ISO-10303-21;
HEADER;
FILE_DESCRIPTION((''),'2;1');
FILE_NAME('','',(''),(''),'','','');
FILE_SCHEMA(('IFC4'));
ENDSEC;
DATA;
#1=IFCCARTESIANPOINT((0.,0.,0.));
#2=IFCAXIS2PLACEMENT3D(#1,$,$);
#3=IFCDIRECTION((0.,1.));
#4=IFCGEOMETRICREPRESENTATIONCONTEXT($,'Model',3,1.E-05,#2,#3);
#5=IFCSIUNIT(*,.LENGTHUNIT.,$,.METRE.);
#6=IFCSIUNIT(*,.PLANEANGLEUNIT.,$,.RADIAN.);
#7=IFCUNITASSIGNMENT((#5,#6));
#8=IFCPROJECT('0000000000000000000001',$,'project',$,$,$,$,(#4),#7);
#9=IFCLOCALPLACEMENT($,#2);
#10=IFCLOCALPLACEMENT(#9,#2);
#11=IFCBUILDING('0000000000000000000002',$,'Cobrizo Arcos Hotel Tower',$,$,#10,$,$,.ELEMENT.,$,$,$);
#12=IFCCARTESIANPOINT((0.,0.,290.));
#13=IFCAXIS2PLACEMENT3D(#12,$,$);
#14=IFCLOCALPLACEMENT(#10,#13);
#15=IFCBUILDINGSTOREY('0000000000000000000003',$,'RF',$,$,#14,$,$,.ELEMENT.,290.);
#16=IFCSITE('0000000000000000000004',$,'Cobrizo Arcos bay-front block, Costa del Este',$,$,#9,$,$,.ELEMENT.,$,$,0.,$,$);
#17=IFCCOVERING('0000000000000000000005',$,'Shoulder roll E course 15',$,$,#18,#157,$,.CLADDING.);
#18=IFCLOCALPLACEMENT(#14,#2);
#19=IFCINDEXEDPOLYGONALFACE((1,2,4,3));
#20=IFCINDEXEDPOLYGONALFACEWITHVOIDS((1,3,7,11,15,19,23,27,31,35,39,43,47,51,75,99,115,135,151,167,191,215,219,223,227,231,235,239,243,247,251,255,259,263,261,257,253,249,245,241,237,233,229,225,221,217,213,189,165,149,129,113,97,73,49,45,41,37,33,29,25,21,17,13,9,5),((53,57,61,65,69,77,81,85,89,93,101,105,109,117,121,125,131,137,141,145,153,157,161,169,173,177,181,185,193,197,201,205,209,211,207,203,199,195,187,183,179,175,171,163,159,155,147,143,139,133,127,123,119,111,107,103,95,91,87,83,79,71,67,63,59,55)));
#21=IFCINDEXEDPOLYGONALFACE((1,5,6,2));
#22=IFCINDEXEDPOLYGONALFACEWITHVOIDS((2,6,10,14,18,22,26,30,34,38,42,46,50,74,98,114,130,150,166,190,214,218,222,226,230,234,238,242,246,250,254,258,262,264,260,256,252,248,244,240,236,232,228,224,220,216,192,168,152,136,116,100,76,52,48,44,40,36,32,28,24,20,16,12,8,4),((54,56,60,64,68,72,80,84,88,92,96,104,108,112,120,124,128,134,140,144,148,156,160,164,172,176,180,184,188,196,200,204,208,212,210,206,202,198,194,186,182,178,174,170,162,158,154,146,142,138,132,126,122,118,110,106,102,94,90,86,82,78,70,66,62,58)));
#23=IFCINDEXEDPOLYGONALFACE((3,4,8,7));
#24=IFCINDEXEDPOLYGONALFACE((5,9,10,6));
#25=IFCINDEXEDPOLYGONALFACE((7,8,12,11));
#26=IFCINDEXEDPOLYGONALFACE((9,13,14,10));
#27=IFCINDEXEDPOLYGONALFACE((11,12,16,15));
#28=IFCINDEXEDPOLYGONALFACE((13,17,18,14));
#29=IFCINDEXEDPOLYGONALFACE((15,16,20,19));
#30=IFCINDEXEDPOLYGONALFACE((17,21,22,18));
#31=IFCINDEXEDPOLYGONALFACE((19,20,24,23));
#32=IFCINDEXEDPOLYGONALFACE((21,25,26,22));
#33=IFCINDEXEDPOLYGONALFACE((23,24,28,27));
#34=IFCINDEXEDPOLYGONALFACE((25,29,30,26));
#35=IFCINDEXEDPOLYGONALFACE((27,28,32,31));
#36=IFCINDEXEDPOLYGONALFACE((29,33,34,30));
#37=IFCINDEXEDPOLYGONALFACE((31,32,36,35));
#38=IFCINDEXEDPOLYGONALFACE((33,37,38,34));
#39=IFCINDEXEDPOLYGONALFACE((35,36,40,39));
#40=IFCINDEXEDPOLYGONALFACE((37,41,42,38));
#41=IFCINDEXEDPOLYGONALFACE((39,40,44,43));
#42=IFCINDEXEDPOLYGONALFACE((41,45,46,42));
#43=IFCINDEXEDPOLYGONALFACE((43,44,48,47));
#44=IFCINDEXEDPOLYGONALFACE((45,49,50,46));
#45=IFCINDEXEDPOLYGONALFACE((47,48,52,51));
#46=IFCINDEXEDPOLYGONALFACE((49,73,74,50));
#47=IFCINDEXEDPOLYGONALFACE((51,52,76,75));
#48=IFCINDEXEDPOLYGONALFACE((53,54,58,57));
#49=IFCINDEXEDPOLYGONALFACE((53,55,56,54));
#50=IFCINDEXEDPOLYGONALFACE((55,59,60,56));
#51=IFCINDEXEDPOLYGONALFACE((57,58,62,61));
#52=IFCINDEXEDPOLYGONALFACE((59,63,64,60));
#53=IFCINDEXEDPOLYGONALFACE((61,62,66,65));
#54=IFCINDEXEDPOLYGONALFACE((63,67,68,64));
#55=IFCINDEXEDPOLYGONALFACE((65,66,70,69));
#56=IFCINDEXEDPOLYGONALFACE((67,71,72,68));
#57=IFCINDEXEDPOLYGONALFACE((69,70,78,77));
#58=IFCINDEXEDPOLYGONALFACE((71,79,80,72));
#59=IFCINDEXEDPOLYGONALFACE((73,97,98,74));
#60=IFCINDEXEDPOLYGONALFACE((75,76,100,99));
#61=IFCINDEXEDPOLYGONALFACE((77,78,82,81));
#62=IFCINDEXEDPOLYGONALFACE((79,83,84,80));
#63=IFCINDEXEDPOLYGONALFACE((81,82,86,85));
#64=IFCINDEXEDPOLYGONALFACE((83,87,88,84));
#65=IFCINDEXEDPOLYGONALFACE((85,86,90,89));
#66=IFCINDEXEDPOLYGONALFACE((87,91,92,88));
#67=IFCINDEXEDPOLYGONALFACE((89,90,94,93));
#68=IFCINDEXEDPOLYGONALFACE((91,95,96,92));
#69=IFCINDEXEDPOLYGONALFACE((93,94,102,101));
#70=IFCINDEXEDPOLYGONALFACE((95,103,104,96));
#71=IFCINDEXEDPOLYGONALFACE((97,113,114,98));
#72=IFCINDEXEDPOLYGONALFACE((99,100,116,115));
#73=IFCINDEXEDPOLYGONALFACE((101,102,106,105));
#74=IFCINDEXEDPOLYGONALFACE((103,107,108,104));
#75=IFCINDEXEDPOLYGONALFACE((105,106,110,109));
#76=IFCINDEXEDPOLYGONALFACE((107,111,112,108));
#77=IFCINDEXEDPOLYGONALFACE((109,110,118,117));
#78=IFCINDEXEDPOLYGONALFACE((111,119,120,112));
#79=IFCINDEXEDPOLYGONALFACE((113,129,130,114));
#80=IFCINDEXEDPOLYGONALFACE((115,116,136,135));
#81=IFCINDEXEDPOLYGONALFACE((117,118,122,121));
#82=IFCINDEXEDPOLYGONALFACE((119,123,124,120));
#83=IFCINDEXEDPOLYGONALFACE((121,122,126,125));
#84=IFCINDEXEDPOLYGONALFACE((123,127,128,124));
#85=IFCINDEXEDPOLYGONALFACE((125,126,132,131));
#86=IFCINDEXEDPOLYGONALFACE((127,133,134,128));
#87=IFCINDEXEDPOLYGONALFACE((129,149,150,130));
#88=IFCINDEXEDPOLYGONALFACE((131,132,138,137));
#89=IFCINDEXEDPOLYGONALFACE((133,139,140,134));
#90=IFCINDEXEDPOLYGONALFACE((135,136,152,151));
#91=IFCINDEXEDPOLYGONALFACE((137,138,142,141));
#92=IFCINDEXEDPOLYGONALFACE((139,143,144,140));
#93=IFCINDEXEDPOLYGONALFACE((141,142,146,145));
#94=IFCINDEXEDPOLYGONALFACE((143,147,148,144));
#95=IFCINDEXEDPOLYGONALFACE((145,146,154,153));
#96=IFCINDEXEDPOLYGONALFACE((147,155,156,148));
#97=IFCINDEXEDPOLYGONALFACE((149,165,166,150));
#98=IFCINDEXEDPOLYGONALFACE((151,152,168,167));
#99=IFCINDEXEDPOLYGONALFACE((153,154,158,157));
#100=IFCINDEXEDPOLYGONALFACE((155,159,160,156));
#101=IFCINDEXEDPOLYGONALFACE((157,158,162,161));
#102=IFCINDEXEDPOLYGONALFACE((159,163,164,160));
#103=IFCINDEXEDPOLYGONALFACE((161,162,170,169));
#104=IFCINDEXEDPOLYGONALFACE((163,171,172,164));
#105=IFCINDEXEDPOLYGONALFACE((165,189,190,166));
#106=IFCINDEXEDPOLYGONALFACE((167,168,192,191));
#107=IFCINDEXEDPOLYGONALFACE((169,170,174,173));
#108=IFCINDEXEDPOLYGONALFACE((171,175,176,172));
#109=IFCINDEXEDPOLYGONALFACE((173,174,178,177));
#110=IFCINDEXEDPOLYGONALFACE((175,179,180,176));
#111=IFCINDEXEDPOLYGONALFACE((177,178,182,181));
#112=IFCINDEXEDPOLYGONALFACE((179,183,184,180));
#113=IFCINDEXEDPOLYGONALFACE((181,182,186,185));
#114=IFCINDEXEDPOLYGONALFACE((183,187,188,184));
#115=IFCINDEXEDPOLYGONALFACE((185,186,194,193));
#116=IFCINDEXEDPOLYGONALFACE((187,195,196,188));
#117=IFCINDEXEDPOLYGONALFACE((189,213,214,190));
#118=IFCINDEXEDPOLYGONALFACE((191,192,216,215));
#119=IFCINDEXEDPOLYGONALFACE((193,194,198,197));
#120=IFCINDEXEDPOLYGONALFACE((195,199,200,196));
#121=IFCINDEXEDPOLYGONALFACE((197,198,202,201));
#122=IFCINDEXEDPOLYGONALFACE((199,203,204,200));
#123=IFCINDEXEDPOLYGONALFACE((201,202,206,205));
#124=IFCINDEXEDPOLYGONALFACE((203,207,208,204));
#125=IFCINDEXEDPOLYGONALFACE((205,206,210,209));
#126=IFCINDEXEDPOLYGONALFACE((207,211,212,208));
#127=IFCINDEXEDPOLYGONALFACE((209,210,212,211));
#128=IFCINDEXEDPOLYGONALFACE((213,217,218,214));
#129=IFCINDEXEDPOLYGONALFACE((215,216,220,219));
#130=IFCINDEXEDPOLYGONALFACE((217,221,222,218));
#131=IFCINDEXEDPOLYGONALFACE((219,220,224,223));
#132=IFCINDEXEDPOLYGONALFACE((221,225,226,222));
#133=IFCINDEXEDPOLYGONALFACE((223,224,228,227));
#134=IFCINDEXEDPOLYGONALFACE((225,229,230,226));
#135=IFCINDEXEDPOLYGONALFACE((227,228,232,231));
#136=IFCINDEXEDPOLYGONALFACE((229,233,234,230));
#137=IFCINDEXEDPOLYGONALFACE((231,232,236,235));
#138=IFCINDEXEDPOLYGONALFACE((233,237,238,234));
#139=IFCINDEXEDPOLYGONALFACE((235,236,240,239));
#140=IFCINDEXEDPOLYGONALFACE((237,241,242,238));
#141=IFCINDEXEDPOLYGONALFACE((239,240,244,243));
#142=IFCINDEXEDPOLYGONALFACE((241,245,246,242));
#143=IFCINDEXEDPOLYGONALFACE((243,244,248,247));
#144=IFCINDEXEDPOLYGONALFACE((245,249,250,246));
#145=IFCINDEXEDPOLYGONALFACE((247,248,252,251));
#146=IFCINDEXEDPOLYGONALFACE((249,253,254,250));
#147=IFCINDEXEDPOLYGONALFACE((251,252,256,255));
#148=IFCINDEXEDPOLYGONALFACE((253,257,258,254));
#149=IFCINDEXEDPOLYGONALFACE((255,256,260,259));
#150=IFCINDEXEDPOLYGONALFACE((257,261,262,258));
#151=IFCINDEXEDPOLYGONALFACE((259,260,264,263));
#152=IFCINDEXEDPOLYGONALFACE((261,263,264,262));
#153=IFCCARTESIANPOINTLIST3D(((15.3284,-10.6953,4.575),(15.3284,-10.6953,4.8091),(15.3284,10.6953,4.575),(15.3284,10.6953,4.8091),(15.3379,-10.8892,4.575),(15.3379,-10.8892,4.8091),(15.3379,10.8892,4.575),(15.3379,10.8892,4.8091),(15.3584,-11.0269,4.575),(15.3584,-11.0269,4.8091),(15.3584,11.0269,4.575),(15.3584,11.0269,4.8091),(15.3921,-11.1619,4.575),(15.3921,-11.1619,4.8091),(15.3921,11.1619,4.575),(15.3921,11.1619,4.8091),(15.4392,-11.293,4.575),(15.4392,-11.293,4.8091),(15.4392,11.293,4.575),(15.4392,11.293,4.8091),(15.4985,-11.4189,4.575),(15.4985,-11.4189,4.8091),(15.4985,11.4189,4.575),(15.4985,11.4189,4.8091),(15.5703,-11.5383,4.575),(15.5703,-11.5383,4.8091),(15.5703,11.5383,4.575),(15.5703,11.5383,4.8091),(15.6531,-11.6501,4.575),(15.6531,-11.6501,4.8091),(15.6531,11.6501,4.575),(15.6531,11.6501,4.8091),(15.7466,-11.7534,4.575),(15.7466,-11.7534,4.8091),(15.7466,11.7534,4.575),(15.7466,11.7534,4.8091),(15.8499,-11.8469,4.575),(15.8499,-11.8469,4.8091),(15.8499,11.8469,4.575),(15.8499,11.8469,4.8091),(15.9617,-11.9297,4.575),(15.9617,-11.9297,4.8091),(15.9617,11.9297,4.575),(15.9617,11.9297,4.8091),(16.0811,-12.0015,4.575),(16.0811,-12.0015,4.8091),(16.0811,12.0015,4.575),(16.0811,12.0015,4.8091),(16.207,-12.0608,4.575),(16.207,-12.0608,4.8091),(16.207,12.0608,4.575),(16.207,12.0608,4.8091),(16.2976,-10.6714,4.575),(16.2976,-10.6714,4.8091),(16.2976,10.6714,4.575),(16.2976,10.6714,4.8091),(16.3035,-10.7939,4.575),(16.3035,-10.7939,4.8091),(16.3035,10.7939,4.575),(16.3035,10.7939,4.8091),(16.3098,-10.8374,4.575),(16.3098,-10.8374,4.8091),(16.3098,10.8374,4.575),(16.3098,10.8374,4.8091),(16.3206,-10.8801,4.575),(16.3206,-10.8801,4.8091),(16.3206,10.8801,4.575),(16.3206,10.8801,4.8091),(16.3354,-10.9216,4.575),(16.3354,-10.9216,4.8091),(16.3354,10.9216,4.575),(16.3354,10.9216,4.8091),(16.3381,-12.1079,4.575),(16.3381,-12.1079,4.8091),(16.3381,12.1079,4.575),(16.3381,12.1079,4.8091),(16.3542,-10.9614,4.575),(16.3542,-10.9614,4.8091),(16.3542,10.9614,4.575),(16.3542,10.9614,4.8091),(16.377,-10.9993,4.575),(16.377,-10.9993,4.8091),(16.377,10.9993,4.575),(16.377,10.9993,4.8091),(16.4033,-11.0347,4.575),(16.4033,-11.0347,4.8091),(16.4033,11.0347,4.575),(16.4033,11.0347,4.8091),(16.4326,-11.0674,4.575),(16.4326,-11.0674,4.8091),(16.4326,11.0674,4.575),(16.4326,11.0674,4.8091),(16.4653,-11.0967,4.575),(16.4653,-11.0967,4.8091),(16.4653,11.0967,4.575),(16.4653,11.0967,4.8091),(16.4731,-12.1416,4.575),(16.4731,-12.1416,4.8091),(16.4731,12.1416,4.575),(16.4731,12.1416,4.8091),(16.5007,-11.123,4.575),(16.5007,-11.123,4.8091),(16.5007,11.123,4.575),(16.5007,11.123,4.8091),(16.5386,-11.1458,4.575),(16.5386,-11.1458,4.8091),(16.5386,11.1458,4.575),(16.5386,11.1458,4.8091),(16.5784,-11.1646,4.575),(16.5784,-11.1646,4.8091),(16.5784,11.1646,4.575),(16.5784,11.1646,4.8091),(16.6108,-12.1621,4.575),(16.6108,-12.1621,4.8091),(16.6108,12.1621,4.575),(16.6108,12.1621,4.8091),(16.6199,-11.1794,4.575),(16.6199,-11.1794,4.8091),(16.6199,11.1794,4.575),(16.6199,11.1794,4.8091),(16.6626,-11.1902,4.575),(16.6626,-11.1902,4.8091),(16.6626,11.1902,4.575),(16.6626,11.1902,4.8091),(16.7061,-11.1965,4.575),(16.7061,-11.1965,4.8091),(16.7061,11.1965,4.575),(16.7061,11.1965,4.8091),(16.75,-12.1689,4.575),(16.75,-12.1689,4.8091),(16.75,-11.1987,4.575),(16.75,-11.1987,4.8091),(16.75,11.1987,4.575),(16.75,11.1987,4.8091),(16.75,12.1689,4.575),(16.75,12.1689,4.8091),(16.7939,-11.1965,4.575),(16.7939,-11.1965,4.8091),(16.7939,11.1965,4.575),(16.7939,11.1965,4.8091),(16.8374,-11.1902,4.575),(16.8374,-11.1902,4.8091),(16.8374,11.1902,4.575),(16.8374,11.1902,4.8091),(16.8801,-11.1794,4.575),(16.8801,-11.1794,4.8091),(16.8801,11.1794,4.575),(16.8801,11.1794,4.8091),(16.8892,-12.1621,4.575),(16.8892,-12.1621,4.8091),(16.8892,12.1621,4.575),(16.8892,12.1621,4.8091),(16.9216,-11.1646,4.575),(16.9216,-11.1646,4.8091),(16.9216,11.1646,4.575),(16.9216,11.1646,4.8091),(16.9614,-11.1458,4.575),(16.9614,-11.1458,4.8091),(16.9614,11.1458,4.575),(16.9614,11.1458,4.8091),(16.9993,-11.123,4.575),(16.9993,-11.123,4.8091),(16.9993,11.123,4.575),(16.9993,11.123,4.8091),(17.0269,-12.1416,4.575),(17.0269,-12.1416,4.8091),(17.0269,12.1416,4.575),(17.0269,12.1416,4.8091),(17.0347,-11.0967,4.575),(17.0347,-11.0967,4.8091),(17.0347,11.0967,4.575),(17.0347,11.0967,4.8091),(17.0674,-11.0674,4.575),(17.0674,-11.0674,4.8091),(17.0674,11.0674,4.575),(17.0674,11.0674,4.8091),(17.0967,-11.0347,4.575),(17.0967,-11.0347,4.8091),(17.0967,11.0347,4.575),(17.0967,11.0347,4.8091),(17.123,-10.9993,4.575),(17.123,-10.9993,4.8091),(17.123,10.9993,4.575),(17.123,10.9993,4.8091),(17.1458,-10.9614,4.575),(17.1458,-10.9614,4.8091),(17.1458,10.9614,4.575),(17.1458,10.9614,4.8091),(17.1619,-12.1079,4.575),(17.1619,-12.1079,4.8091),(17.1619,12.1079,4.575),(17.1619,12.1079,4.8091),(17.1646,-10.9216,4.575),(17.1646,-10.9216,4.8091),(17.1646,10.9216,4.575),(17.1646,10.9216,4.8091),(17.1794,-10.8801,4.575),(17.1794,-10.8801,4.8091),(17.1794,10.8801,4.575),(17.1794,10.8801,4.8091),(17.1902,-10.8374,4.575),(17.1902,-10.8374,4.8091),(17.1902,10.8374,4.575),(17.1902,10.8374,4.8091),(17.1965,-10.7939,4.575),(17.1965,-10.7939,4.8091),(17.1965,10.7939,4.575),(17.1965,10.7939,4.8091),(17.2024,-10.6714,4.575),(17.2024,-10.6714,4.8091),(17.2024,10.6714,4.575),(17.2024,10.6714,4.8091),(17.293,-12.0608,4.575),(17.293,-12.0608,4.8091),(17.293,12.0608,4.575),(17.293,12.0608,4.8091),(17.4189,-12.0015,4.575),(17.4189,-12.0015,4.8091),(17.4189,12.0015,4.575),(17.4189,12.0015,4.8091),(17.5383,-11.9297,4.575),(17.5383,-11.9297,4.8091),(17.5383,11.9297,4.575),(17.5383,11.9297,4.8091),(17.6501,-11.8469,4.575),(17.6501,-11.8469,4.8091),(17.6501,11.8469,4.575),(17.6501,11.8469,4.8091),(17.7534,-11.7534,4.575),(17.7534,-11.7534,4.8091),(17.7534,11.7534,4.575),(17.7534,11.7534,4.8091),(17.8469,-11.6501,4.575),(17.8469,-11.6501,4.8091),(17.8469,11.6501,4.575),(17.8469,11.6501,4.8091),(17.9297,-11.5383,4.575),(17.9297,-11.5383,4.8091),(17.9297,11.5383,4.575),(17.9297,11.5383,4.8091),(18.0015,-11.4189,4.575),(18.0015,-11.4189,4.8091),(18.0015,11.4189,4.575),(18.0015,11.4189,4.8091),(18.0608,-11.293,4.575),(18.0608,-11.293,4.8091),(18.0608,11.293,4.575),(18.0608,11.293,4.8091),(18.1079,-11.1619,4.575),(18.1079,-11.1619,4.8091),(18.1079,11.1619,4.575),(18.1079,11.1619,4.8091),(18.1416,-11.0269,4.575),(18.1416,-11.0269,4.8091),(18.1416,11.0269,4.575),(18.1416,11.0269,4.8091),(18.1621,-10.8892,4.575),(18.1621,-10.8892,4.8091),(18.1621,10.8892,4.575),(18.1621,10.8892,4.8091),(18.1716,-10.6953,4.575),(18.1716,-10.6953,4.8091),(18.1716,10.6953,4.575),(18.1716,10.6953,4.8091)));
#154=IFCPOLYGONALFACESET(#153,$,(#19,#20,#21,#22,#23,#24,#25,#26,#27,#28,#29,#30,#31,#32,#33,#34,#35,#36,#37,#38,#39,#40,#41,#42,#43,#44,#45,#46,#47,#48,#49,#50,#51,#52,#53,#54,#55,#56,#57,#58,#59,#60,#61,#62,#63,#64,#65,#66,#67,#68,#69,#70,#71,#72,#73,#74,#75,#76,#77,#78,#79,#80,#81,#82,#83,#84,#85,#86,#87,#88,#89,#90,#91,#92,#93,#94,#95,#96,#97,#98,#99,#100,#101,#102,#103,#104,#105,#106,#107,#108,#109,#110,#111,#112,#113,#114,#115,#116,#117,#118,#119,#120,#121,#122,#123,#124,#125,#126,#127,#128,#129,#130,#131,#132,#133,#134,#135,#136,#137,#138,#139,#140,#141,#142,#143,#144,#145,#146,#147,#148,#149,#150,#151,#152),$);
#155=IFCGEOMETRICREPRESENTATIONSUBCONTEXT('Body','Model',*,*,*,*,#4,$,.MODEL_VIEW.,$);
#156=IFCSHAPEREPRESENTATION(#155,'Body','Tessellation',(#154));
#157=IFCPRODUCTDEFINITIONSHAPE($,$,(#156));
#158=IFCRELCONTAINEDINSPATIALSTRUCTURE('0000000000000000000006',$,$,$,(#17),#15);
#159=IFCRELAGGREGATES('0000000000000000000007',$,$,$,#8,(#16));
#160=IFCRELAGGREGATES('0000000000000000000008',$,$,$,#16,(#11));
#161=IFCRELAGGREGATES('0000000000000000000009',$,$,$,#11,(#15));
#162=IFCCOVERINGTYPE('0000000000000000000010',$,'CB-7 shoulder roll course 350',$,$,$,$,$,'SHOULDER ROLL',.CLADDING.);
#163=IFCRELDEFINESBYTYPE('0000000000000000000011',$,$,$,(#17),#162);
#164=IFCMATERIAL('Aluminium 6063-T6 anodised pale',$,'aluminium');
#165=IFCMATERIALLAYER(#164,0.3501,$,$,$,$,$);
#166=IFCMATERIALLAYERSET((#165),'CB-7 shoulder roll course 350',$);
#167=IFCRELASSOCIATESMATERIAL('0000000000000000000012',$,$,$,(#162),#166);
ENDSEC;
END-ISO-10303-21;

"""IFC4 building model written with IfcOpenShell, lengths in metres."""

from ifc_helpers import new_model, si_unit, direction, frame, origin, place, context, subcontext, project, spatial, polyline, outline, extrude, material, layer, layer_set, type_object, element, save


model = new_model("IFC4")

# Units and contexts
model_context = context("Model", 3, precision=1e-05, world=origin(), true_north=direction((0.0, 1.0)))
body_context = subcontext(model_context, "Body", "Model", "MODEL_VIEW")
ifc_project = project(units=[si_unit("LENGTHUNIT", "METRE"), si_unit("PLANEANGLEUNIT", "RADIAN")], contexts=[model_context])

# Site, building, storey
site_placement = place(None, origin())
site = spatial("IfcSite", under=ifc_project, at=site_placement, Name="Cobrizo Arcos bay-front block, Costa del Este", CompositionType="ELEMENT", RefElevation=0.0)
building_placement = place(site_placement, origin())
building = spatial("IfcBuilding", under=site, at=building_placement, Name="Cobrizo Arcos Hotel Tower", CompositionType="ELEMENT")
storey_placement = place(building_placement, frame((0.0, 0.0, 290.0)))
storey = spatial("IfcBuildingStorey", under=building, at=storey_placement, Name="RF", CompositionType="ELEMENT", Elevation=290.0)

# Covering
ifc_material_1 = material(Name="Aluminium 6063-T6 anodised pale", Category="aluminium")
ifc_layer_1 = layer(ifc_material_1, 0.3501)
ifc_layer_set_1 = layer_set([ifc_layer_1], Name="CB-7 shoulder roll course 350")
covering_type_1 = type_object("IfcCoveringType", Name="CB-7 shoulder roll course 350", ElementType="SHOULDER ROLL", PredefinedType="CLADDING", material=ifc_layer_set_1)
covering_1_placement = place(storey_placement, frame((0.0, 0.0, 4.575)))
element("IfcCovering", 1, at=covering_1_placement, inside=storey, type_object=covering_type_1, Name="Shoulder roll E course 15", PredefinedType="CLADDING", context=body_context, shape_type="SweptSolid", body=[
    extrude(outline(polyline([(15.3284, 10.6953), (15.3379, 10.8892), (15.3584, 11.0269), (15.3921, 11.1619), (15.4392, 11.293), (15.4985, 11.4189), (15.5703, 11.5383), (15.6531, 11.6501), (15.7466, 11.7534), (15.8499, 11.8469), (15.9617, 11.9297), (16.0811, 12.0015), (16.207, 12.0608), (16.3381, 12.1079), (16.4731, 12.1416), (16.6108, 12.1621), (16.75, 12.1689), (16.8892, 12.1621), (17.0269, 12.1416), (17.1619, 12.1079), (17.293, 12.0608), (17.4189, 12.0015), (17.5383, 11.9297), (17.6501, 11.8469), (17.7534, 11.7534), (17.8469, 11.6501), (17.9297, 11.5383), (18.0015, 11.4189), (18.0608, 11.293), (18.1079, 11.1619), (18.1416, 11.0269), (18.1621, 10.8892), (18.1716, 10.6953), (18.1716, -10.6953), (18.1621, -10.8892), (18.1416, -11.0269), (18.1079, -11.1619), (18.0608, -11.293), (18.0015, -11.4189), (17.9297, -11.5383), (17.8469, -11.6501), (17.7534, -11.7534), (17.6501, -11.8469), (17.5383, -11.9297), (17.4189, -12.0015), (17.293, -12.0608), (17.1619, -12.1079), (17.0269, -12.1416), (16.8892, -12.1621), (16.75, -12.1689), (16.6108, -12.1621), (16.4731, -12.1416), (16.3381, -12.1079), (16.207, -12.0608), (16.0811, -12.0015), (15.9617, -11.9297), (15.8499, -11.8469), (15.7466, -11.7534), (15.6531, -11.6501), (15.5703, -11.5383), (15.4985, -11.4189), (15.4392, -11.293), (15.3921, -11.1619), (15.3584, -11.0269), (15.3379, -10.8892), (15.3284, -10.6953), (15.3284, 10.6953)]), holes=[polyline([(16.2976, 10.6714), (16.3035, 10.7939), (16.3098, 10.8374), (16.3206, 10.8801), (16.3354, 10.9216), (16.3542, 10.9614), (16.377, 10.9993), (16.4033, 11.0347), (16.4326, 11.0674), (16.4653, 11.0967), (16.5007, 11.123), (16.5386, 11.1458), (16.5784, 11.1646), (16.6199, 11.1794), (16.6626, 11.1902), (16.7061, 11.1965), (16.75, 11.1987), (16.7939, 11.1965), (16.8374, 11.1902), (16.8801, 11.1794), (16.9216, 11.1646), (16.9614, 11.1458), (16.9993, 11.123), (17.0347, 11.0967), (17.0674, 11.0674), (17.0967, 11.0347), (17.123, 10.9993), (17.1458, 10.9614), (17.1646, 10.9216), (17.1794, 10.8801), (17.1902, 10.8374), (17.1965, 10.7939), (17.2024, 10.6714), (17.2024, -10.6714), (17.1965, -10.7939), (17.1902, -10.8374), (17.1794, -10.8801), (17.1646, -10.9216), (17.1458, -10.9614), (17.123, -10.9993), (17.0967, -11.0347), (17.0674, -11.0674), (17.0347, -11.0967), (16.9993, -11.123), (16.9614, -11.1458), (16.9216, -11.1646), (16.8801, -11.1794), (16.8374, -11.1902), (16.7939, -11.1965), (16.75, -11.1987), (16.7061, -11.1965), (16.6626, -11.1902), (16.6199, -11.1794), (16.5784, -11.1646), (16.5386, -11.1458), (16.5007, -11.123), (16.4653, -11.0967), (16.4326, -11.0674), (16.4033, -11.0347), (16.377, -10.9993), (16.3542, -10.9614), (16.3354, -10.9216), (16.3206, -10.8801), (16.3098, -10.8374), (16.3035, -10.7939), (16.2976, -10.6714), (16.2976, 10.6714)])]), origin(), (0.0, 0.0, 1.0), 0.2341),
])

save(model, "model.ifc")
